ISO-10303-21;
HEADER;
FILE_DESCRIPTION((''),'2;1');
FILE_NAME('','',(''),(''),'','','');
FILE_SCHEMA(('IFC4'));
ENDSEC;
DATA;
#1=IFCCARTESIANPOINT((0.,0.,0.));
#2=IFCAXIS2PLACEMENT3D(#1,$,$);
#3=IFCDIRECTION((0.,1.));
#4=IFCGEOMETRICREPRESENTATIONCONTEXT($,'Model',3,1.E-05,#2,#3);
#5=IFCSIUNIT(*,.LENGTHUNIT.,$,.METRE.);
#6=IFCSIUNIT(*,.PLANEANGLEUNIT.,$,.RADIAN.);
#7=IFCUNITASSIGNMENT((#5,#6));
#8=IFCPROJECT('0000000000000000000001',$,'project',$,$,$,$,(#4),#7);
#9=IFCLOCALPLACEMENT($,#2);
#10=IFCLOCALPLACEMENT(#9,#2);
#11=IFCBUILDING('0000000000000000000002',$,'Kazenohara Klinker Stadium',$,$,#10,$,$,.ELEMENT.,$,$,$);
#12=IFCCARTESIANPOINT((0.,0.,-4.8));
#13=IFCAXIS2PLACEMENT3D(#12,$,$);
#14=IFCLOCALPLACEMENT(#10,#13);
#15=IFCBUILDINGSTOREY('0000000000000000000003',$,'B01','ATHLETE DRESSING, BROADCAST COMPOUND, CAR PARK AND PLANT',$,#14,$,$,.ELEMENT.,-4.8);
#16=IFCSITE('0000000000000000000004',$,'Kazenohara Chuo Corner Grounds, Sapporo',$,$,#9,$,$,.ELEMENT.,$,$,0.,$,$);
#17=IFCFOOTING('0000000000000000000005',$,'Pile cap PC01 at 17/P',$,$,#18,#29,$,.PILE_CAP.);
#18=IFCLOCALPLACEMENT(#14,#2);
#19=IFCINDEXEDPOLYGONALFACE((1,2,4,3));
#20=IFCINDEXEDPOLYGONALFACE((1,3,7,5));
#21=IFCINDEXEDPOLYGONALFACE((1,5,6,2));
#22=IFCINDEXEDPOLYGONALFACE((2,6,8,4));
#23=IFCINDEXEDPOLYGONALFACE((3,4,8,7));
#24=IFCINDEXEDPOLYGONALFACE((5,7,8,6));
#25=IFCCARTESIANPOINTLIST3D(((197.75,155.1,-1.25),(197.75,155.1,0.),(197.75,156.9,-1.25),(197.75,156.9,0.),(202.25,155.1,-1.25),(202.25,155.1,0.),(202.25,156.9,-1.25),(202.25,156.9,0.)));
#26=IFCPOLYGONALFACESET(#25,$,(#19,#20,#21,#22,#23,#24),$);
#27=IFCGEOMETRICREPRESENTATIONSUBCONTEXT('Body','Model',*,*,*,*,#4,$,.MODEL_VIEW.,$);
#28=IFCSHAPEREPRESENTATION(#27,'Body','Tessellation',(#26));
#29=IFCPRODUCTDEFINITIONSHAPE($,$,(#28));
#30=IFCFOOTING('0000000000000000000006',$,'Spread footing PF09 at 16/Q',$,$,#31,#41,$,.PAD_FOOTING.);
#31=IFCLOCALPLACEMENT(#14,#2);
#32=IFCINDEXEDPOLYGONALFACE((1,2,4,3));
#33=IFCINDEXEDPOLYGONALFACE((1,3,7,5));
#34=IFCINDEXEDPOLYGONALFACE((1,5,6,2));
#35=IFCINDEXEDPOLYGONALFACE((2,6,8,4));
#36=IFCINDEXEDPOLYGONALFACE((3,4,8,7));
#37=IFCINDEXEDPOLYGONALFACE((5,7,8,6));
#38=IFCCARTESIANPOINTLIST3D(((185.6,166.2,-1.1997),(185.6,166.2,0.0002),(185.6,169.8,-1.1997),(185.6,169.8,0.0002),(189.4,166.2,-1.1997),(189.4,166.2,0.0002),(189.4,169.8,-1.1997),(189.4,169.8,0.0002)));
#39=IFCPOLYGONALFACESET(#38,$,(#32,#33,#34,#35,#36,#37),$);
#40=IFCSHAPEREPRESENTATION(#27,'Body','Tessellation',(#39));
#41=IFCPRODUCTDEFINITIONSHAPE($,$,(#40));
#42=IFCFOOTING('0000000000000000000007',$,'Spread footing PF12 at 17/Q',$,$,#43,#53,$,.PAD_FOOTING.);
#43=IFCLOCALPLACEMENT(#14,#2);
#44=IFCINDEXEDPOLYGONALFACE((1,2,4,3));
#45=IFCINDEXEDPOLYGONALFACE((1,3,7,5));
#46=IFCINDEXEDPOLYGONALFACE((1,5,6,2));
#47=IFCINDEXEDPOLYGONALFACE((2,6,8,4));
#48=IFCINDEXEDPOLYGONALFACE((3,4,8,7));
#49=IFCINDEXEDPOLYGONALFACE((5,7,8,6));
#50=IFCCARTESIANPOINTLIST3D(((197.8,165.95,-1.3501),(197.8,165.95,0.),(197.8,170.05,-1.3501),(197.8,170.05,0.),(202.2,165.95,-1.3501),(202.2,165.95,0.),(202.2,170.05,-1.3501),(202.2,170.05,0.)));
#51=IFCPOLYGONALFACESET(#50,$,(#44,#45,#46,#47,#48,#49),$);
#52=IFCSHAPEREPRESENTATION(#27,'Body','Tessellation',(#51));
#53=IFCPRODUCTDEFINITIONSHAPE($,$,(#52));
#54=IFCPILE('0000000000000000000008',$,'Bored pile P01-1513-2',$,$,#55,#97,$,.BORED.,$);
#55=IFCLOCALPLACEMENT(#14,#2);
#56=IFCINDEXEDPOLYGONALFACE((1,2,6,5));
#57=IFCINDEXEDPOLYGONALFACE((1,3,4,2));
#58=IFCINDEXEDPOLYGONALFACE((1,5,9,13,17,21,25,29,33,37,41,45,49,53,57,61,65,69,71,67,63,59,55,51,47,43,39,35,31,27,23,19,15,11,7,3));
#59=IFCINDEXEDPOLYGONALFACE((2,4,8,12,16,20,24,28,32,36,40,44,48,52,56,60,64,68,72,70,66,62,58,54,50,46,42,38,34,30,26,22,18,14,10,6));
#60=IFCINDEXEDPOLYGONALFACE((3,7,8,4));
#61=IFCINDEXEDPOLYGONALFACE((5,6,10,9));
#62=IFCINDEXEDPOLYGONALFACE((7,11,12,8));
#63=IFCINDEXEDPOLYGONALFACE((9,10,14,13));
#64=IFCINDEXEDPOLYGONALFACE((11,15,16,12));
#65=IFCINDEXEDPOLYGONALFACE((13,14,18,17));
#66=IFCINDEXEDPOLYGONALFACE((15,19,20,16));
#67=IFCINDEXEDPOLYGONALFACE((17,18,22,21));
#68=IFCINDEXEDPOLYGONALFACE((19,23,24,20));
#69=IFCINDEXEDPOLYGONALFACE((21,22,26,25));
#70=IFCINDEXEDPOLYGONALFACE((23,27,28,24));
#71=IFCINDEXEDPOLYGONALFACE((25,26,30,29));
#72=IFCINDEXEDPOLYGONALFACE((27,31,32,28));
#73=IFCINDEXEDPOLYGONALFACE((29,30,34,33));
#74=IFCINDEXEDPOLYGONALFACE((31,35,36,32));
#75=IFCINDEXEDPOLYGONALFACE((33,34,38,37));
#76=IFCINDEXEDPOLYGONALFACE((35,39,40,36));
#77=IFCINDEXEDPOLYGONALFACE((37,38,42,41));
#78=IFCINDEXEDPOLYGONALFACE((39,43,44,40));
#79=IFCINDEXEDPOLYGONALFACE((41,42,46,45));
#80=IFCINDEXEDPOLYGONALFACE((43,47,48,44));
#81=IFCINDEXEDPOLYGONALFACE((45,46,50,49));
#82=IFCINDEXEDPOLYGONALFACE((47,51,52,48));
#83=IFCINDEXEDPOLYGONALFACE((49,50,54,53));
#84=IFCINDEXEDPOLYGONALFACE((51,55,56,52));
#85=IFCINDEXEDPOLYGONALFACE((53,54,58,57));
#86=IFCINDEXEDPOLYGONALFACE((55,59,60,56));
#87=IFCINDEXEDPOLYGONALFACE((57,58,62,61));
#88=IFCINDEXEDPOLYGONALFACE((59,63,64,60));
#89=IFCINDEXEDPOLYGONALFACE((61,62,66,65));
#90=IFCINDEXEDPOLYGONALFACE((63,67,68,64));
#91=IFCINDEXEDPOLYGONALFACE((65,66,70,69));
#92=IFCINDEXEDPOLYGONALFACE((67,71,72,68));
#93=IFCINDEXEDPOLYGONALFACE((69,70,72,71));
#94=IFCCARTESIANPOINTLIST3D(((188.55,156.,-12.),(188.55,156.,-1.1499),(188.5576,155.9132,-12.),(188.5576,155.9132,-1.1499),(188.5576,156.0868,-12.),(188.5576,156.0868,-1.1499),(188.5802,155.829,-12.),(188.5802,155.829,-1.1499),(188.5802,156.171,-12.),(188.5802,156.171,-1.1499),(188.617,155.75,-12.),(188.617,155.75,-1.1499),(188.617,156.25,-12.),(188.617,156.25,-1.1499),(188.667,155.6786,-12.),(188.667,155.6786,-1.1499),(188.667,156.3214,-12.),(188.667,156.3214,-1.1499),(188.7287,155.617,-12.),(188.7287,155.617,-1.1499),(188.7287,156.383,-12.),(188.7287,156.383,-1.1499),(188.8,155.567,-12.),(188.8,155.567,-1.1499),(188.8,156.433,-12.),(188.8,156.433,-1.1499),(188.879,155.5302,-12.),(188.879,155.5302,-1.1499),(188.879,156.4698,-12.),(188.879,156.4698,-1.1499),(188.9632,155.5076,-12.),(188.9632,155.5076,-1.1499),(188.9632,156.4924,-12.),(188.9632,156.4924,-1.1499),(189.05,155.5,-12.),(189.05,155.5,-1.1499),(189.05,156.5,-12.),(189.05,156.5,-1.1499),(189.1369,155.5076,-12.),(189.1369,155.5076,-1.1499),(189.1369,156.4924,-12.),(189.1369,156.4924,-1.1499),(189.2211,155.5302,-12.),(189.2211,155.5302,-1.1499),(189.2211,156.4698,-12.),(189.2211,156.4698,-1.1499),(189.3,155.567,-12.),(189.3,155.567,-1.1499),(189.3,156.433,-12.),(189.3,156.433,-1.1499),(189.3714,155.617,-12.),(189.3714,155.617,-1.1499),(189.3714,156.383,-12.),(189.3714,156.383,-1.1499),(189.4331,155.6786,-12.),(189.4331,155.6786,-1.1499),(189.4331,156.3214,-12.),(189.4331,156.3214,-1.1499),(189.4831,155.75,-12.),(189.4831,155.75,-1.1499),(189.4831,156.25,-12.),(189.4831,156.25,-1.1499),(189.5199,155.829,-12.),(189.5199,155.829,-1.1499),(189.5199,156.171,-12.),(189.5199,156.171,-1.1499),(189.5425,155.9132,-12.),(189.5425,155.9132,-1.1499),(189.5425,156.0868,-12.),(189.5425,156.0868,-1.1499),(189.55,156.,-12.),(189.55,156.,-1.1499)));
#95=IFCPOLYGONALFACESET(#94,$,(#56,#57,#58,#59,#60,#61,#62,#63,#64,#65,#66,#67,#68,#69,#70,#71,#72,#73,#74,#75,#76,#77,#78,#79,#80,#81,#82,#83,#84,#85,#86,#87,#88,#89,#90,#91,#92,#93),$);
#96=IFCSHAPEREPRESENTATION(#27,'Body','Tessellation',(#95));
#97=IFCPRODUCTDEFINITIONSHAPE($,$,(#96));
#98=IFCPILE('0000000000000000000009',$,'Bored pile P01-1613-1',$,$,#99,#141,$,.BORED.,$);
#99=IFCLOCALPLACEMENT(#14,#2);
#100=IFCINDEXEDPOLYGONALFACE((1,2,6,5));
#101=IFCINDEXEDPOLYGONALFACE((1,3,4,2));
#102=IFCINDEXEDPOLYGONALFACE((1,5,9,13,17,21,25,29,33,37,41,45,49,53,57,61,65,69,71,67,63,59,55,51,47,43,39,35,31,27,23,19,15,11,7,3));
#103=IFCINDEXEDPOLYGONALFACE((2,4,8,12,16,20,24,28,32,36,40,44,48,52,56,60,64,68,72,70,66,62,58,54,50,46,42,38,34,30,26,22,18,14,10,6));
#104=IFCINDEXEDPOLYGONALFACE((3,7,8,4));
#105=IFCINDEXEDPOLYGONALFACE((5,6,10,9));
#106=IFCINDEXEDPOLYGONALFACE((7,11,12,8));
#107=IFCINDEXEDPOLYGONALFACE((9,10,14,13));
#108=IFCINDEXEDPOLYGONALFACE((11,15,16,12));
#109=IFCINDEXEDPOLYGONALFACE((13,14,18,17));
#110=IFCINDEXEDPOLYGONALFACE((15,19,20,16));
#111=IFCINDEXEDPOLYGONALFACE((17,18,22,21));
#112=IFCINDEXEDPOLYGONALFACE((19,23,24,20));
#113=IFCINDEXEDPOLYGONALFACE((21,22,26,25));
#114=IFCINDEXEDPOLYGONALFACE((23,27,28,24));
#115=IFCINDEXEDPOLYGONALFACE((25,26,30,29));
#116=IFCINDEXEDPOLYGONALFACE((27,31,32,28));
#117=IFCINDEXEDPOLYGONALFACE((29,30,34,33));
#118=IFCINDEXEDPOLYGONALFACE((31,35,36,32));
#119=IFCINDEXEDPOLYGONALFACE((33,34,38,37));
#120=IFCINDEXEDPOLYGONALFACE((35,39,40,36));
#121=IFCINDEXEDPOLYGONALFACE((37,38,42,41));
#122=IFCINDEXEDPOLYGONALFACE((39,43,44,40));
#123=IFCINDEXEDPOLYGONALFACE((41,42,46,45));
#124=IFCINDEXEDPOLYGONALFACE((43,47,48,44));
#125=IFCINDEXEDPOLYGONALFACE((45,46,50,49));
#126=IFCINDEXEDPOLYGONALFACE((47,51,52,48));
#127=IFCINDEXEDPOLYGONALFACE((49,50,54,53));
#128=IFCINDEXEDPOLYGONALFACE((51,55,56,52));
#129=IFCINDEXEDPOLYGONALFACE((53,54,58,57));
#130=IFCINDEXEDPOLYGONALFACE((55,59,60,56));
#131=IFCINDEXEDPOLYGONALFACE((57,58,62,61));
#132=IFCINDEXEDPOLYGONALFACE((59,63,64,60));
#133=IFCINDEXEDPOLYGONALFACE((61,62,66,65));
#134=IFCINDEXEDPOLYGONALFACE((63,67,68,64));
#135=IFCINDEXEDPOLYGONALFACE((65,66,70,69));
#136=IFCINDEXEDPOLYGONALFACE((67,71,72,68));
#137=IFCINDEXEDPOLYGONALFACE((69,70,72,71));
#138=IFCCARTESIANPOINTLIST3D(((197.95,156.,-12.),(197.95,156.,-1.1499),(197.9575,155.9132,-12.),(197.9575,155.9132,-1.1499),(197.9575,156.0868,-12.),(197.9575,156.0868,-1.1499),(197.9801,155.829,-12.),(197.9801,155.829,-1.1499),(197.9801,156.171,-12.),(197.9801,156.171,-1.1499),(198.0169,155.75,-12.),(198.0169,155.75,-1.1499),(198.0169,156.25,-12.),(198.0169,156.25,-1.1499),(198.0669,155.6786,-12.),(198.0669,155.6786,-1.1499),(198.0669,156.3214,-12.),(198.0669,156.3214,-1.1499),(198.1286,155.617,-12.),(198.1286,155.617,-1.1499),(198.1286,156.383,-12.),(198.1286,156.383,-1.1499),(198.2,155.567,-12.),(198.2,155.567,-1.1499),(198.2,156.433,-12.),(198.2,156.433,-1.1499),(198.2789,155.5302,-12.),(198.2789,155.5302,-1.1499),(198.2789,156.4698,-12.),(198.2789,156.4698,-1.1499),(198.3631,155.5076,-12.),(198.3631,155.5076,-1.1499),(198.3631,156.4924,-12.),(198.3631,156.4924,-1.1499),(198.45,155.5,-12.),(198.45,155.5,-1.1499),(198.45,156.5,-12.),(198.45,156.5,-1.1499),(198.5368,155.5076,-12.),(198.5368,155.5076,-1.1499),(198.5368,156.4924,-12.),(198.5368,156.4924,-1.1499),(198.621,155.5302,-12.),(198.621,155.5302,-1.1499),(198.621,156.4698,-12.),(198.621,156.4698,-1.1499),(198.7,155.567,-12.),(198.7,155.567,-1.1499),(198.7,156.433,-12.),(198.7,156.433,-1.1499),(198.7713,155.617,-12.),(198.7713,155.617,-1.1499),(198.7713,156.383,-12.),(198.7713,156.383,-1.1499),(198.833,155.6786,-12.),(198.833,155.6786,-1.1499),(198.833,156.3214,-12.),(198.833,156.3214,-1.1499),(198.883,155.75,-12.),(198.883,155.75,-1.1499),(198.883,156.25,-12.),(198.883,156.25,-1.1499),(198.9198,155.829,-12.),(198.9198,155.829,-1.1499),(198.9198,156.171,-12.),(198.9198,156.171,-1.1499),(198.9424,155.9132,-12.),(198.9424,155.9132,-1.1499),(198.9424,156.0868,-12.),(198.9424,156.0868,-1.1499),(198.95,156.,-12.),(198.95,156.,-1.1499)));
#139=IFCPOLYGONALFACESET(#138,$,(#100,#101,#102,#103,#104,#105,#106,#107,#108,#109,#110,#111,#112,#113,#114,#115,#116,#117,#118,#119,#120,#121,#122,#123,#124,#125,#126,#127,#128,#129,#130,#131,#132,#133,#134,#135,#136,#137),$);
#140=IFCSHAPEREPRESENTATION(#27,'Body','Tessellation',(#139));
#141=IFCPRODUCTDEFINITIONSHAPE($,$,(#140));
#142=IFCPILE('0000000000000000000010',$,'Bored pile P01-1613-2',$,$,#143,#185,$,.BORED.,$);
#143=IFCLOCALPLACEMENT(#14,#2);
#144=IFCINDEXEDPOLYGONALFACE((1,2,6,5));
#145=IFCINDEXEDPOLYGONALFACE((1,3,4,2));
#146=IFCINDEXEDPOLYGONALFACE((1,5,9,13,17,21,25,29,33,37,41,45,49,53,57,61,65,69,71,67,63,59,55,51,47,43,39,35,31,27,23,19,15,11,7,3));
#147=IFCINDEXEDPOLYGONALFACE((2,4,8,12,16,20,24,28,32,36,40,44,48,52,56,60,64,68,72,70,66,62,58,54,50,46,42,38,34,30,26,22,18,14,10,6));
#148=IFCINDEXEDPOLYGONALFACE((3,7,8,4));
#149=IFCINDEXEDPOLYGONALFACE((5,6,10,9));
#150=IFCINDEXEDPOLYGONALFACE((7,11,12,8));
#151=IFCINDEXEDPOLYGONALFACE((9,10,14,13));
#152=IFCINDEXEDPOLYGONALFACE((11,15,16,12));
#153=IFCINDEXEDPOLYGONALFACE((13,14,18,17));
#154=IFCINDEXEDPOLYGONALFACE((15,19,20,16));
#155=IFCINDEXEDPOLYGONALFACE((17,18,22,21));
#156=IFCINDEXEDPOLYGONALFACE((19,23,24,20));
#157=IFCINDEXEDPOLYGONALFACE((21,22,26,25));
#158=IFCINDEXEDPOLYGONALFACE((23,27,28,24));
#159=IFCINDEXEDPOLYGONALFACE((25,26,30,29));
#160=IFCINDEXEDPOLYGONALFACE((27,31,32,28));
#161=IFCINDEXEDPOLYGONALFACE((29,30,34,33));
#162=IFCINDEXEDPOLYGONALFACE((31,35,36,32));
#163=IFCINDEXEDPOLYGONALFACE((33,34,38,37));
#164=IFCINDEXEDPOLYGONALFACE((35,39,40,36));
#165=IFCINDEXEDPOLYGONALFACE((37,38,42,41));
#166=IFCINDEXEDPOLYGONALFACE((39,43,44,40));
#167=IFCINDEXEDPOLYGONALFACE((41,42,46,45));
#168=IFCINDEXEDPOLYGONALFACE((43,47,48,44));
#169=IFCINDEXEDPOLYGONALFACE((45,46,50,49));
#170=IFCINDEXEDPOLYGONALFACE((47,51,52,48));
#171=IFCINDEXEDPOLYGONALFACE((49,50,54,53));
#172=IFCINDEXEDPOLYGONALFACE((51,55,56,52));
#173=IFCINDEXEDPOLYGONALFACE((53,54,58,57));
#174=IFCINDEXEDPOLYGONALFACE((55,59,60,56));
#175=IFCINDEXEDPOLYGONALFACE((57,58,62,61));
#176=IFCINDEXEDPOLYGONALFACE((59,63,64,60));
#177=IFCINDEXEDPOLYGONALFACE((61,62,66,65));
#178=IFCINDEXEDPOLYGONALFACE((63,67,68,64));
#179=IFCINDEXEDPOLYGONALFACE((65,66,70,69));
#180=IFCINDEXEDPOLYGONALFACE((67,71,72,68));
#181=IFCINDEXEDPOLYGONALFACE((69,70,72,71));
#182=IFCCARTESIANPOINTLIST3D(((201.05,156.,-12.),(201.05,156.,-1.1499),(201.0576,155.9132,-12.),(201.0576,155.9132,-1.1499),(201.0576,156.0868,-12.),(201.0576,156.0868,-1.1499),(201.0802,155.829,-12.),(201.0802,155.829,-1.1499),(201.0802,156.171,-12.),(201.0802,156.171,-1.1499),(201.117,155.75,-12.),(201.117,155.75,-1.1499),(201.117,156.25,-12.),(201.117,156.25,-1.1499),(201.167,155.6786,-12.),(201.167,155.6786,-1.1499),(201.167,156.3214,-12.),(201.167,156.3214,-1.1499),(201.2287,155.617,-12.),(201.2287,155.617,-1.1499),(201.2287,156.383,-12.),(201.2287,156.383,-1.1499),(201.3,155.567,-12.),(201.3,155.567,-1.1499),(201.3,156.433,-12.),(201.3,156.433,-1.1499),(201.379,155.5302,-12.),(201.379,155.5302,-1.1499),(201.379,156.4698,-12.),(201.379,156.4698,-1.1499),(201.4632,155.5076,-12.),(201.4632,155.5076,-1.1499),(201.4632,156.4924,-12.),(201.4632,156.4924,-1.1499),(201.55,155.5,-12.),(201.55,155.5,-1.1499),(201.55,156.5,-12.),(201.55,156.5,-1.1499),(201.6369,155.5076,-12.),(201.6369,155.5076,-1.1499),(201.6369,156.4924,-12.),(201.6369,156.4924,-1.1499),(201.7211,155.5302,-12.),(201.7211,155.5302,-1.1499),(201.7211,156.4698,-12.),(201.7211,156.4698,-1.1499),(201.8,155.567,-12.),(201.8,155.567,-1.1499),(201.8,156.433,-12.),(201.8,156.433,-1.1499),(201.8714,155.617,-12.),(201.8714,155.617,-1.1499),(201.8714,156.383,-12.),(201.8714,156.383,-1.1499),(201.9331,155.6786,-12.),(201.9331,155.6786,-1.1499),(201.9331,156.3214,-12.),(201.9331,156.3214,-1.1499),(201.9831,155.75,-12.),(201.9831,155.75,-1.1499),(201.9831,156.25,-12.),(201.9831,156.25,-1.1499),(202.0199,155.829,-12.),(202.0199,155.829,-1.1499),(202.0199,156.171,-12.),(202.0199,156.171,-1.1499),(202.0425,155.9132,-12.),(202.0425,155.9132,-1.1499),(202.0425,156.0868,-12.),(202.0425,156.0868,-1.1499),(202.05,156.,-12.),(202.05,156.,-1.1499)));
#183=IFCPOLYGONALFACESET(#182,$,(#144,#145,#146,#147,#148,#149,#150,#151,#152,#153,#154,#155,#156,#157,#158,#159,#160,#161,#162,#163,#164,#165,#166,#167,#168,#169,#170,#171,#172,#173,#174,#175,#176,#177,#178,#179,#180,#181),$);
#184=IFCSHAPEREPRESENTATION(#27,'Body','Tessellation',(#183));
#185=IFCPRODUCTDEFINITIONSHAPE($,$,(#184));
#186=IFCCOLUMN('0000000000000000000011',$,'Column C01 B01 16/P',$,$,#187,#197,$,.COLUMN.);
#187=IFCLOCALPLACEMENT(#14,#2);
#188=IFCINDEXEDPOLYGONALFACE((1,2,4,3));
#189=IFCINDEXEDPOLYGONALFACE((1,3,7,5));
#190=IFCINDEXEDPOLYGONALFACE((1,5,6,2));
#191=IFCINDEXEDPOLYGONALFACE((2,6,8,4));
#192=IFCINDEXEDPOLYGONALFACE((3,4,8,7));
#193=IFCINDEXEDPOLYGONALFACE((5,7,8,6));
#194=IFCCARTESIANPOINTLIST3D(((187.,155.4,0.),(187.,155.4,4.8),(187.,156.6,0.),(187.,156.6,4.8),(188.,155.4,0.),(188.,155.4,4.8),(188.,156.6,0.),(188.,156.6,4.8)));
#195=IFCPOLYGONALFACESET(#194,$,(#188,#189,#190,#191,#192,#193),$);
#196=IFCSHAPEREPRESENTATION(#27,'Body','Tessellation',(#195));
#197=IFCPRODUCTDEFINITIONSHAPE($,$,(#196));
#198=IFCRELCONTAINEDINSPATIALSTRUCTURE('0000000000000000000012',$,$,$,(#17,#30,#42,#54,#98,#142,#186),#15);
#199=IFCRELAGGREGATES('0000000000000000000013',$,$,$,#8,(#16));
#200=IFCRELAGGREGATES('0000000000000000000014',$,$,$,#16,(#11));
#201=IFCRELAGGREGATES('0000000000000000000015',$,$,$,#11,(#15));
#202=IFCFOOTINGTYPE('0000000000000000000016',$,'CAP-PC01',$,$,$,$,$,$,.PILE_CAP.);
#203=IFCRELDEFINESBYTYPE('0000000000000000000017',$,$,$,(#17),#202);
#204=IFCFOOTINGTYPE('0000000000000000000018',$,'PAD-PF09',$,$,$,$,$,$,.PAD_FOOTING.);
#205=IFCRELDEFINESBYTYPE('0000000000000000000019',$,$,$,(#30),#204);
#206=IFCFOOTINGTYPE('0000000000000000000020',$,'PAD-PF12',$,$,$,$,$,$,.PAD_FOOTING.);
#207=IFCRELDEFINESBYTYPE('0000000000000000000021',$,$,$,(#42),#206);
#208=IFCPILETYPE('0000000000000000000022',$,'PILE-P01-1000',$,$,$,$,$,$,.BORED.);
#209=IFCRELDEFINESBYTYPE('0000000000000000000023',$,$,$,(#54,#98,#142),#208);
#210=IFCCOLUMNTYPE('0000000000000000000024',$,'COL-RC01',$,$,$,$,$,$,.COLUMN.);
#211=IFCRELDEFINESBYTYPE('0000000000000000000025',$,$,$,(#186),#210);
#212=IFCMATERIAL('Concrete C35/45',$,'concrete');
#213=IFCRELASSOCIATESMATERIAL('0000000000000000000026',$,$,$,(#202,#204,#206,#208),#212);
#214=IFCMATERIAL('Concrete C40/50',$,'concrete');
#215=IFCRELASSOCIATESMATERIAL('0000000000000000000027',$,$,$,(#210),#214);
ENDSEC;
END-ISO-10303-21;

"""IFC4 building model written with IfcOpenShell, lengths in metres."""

from ifc_helpers import new_model, si_unit, direction, frame, origin, origin_2d, place, context, subcontext, project, spatial, rectangle, circle, extrude, material, material_profile, profile_set, type_object, element, save


model = new_model("IFC4")

# Units and contexts
model_context = context("Model", 3, precision=1e-05, world=origin(), true_north=direction((0.0, 1.0)))
body_context = subcontext(model_context, "Body", "Model", "MODEL_VIEW")
ifc_project = project(units=[si_unit("LENGTHUNIT", "METRE"), si_unit("PLANEANGLEUNIT", "RADIAN")], contexts=[model_context])

# Site, building, storey
site_placement = place(None, origin())
site = spatial("IfcSite", under=ifc_project, at=site_placement, Name="Kazenohara Chuo Corner Grounds, Sapporo", CompositionType="ELEMENT", RefElevation=0.0)
building_placement = place(site_placement, origin())
building = spatial("IfcBuilding", under=site, at=building_placement, Name="Kazenohara Klinker Stadium", CompositionType="ELEMENT")
storey_placement = place(building_placement, frame((0.0, 0.0, -4.8)))
storey = spatial("IfcBuildingStorey", under=building, at=storey_placement, Name="B01", Description="ATHLETE DRESSING, BROADCAST COMPOUND, CAR PARK AND PLANT", CompositionType="ELEMENT", Elevation=-4.8)

# Footings
ifc_material_1 = material(Name="Concrete C35/45", Category="concrete")
footing_type_1 = type_object("IfcFootingType", Name="CAP-PC01", PredefinedType="PILE_CAP", material=ifc_material_1)
footing_1_placement = place(storey_placement, frame((200.0, 156.0, -1.25), z_axis=(0.0, 0.0, 1.0), x_axis=(1.0, 0.0, 0.0)))
element("IfcFooting", 1, at=footing_1_placement, inside=storey, type_object=footing_type_1, Name="Pile cap PC01 at 17/P", PredefinedType="PILE_CAP", context=body_context, shape_type="SweptSolid", body=[
    extrude(rectangle(XDim=4.5, YDim=1.8, at=origin_2d()), origin(), (0.0, 0.0, 1.0), 1.25),
])
footing_type_2 = type_object("IfcFootingType", Name="PAD-PF09", PredefinedType="PAD_FOOTING", material=ifc_material_1)
footing_2_placement = place(storey_placement, frame((187.5, 168.0, -1.1997), z_axis=(0.0, 0.0, 1.0), x_axis=(1.0, 0.0, 0.0)))
element("IfcFooting", 2, at=footing_2_placement, inside=storey, type_object=footing_type_2, Name="Spread footing PF09 at 16/Q", PredefinedType="PAD_FOOTING", context=body_context, shape_type="SweptSolid", body=[
    extrude(rectangle(XDim=3.8, YDim=3.6001, at=origin_2d()), origin(), (0.0, 0.0, 1.0), 1.2),
])
footing_type_3 = type_object("IfcFootingType", Name="PAD-PF12", PredefinedType="PAD_FOOTING", material=ifc_material_1)
footing_3_placement = place(storey_placement, frame((200.0, 168.0, -1.3501), z_axis=(0.0, 0.0, 1.0), x_axis=(1.0, 0.0, 0.0)))
element("IfcFooting", 3, at=footing_3_placement, inside=storey, type_object=footing_type_3, Name="Spread footing PF12 at 17/Q", PredefinedType="PAD_FOOTING", context=body_context, shape_type="SweptSolid", body=[
    extrude(rectangle(XDim=4.3999, YDim=4.1001, at=origin_2d()), origin(), (0.0, 0.0, 1.0), 1.3501),
])

# Piles
ifc_material_profile_1 = material_profile(ifc_material_1, circle(Radius=0.5, at=origin_2d()), Name="BORED-PILE-1000")
ifc_profile_set_1 = profile_set([ifc_material_profile_1], Name="Concrete C35/45")
pile_type = type_object("IfcPileType", Name="PILE-P01-1000", PredefinedType="BORED", material=ifc_profile_set_1)
for number, where, z_axis, x_axis, name in (
    (4, (189.05, 156.0, -1.1499), (0.0, 0.0, -1.0), (1.0, 0.0, 0.0), "Bored pile P01-1513-2"),
    (5, (198.45, 156.0, -1.1499), (0.0, 0.0, -1.0), (1.0, 0.0, 0.0), "Bored pile P01-1613-1"),
    (6, (201.55, 156.0, -1.1499), (0.0, 0.0, -1.0), (1.0, 0.0, 0.0), "Bored pile P01-1613-2"),
):
    element("IfcPile", number, at=place(storey_placement, frame(where, z_axis=z_axis, x_axis=x_axis)), inside=storey, type_object=pile_type, Name=name, PredefinedType="BORED", context=body_context, shape_type="SweptSolid", body=[
        extrude(circle(Radius=0.5, at=origin_2d()), origin(), (0.0, 0.0, 1.0), 10.8501),
    ])

# Column
ifc_material_2 = material(Name="Concrete C40/50", Category="concrete")
ifc_material_profile_2 = material_profile(ifc_material_2, rectangle(XDim=1.0, YDim=1.2, at=origin_2d()), Name="RC-COL-1200x1000")
ifc_profile_set_2 = profile_set([ifc_material_profile_2], Name="Concrete C40/50")
column_type_1 = type_object("IfcColumnType", Name="COL-RC01", PredefinedType="COLUMN", material=ifc_profile_set_2)
column_1_placement = place(storey_placement, frame((187.5, 156.0, 0.0), z_axis=(0.0, 0.0, 1.0), x_axis=(1.0, 0.0, 0.0)))
element("IfcColumn", 7, at=column_1_placement, inside=storey, type_object=column_type_1, Name="Column C01 B01 16/P", PredefinedType="COLUMN", context=body_context, shape_type="SweptSolid", body=[
    extrude(rectangle(XDim=1.0, YDim=1.2, at=origin_2d()), origin(), (0.0, 0.0, 1.0), 4.8),
])

save(model, "model.ifc")
